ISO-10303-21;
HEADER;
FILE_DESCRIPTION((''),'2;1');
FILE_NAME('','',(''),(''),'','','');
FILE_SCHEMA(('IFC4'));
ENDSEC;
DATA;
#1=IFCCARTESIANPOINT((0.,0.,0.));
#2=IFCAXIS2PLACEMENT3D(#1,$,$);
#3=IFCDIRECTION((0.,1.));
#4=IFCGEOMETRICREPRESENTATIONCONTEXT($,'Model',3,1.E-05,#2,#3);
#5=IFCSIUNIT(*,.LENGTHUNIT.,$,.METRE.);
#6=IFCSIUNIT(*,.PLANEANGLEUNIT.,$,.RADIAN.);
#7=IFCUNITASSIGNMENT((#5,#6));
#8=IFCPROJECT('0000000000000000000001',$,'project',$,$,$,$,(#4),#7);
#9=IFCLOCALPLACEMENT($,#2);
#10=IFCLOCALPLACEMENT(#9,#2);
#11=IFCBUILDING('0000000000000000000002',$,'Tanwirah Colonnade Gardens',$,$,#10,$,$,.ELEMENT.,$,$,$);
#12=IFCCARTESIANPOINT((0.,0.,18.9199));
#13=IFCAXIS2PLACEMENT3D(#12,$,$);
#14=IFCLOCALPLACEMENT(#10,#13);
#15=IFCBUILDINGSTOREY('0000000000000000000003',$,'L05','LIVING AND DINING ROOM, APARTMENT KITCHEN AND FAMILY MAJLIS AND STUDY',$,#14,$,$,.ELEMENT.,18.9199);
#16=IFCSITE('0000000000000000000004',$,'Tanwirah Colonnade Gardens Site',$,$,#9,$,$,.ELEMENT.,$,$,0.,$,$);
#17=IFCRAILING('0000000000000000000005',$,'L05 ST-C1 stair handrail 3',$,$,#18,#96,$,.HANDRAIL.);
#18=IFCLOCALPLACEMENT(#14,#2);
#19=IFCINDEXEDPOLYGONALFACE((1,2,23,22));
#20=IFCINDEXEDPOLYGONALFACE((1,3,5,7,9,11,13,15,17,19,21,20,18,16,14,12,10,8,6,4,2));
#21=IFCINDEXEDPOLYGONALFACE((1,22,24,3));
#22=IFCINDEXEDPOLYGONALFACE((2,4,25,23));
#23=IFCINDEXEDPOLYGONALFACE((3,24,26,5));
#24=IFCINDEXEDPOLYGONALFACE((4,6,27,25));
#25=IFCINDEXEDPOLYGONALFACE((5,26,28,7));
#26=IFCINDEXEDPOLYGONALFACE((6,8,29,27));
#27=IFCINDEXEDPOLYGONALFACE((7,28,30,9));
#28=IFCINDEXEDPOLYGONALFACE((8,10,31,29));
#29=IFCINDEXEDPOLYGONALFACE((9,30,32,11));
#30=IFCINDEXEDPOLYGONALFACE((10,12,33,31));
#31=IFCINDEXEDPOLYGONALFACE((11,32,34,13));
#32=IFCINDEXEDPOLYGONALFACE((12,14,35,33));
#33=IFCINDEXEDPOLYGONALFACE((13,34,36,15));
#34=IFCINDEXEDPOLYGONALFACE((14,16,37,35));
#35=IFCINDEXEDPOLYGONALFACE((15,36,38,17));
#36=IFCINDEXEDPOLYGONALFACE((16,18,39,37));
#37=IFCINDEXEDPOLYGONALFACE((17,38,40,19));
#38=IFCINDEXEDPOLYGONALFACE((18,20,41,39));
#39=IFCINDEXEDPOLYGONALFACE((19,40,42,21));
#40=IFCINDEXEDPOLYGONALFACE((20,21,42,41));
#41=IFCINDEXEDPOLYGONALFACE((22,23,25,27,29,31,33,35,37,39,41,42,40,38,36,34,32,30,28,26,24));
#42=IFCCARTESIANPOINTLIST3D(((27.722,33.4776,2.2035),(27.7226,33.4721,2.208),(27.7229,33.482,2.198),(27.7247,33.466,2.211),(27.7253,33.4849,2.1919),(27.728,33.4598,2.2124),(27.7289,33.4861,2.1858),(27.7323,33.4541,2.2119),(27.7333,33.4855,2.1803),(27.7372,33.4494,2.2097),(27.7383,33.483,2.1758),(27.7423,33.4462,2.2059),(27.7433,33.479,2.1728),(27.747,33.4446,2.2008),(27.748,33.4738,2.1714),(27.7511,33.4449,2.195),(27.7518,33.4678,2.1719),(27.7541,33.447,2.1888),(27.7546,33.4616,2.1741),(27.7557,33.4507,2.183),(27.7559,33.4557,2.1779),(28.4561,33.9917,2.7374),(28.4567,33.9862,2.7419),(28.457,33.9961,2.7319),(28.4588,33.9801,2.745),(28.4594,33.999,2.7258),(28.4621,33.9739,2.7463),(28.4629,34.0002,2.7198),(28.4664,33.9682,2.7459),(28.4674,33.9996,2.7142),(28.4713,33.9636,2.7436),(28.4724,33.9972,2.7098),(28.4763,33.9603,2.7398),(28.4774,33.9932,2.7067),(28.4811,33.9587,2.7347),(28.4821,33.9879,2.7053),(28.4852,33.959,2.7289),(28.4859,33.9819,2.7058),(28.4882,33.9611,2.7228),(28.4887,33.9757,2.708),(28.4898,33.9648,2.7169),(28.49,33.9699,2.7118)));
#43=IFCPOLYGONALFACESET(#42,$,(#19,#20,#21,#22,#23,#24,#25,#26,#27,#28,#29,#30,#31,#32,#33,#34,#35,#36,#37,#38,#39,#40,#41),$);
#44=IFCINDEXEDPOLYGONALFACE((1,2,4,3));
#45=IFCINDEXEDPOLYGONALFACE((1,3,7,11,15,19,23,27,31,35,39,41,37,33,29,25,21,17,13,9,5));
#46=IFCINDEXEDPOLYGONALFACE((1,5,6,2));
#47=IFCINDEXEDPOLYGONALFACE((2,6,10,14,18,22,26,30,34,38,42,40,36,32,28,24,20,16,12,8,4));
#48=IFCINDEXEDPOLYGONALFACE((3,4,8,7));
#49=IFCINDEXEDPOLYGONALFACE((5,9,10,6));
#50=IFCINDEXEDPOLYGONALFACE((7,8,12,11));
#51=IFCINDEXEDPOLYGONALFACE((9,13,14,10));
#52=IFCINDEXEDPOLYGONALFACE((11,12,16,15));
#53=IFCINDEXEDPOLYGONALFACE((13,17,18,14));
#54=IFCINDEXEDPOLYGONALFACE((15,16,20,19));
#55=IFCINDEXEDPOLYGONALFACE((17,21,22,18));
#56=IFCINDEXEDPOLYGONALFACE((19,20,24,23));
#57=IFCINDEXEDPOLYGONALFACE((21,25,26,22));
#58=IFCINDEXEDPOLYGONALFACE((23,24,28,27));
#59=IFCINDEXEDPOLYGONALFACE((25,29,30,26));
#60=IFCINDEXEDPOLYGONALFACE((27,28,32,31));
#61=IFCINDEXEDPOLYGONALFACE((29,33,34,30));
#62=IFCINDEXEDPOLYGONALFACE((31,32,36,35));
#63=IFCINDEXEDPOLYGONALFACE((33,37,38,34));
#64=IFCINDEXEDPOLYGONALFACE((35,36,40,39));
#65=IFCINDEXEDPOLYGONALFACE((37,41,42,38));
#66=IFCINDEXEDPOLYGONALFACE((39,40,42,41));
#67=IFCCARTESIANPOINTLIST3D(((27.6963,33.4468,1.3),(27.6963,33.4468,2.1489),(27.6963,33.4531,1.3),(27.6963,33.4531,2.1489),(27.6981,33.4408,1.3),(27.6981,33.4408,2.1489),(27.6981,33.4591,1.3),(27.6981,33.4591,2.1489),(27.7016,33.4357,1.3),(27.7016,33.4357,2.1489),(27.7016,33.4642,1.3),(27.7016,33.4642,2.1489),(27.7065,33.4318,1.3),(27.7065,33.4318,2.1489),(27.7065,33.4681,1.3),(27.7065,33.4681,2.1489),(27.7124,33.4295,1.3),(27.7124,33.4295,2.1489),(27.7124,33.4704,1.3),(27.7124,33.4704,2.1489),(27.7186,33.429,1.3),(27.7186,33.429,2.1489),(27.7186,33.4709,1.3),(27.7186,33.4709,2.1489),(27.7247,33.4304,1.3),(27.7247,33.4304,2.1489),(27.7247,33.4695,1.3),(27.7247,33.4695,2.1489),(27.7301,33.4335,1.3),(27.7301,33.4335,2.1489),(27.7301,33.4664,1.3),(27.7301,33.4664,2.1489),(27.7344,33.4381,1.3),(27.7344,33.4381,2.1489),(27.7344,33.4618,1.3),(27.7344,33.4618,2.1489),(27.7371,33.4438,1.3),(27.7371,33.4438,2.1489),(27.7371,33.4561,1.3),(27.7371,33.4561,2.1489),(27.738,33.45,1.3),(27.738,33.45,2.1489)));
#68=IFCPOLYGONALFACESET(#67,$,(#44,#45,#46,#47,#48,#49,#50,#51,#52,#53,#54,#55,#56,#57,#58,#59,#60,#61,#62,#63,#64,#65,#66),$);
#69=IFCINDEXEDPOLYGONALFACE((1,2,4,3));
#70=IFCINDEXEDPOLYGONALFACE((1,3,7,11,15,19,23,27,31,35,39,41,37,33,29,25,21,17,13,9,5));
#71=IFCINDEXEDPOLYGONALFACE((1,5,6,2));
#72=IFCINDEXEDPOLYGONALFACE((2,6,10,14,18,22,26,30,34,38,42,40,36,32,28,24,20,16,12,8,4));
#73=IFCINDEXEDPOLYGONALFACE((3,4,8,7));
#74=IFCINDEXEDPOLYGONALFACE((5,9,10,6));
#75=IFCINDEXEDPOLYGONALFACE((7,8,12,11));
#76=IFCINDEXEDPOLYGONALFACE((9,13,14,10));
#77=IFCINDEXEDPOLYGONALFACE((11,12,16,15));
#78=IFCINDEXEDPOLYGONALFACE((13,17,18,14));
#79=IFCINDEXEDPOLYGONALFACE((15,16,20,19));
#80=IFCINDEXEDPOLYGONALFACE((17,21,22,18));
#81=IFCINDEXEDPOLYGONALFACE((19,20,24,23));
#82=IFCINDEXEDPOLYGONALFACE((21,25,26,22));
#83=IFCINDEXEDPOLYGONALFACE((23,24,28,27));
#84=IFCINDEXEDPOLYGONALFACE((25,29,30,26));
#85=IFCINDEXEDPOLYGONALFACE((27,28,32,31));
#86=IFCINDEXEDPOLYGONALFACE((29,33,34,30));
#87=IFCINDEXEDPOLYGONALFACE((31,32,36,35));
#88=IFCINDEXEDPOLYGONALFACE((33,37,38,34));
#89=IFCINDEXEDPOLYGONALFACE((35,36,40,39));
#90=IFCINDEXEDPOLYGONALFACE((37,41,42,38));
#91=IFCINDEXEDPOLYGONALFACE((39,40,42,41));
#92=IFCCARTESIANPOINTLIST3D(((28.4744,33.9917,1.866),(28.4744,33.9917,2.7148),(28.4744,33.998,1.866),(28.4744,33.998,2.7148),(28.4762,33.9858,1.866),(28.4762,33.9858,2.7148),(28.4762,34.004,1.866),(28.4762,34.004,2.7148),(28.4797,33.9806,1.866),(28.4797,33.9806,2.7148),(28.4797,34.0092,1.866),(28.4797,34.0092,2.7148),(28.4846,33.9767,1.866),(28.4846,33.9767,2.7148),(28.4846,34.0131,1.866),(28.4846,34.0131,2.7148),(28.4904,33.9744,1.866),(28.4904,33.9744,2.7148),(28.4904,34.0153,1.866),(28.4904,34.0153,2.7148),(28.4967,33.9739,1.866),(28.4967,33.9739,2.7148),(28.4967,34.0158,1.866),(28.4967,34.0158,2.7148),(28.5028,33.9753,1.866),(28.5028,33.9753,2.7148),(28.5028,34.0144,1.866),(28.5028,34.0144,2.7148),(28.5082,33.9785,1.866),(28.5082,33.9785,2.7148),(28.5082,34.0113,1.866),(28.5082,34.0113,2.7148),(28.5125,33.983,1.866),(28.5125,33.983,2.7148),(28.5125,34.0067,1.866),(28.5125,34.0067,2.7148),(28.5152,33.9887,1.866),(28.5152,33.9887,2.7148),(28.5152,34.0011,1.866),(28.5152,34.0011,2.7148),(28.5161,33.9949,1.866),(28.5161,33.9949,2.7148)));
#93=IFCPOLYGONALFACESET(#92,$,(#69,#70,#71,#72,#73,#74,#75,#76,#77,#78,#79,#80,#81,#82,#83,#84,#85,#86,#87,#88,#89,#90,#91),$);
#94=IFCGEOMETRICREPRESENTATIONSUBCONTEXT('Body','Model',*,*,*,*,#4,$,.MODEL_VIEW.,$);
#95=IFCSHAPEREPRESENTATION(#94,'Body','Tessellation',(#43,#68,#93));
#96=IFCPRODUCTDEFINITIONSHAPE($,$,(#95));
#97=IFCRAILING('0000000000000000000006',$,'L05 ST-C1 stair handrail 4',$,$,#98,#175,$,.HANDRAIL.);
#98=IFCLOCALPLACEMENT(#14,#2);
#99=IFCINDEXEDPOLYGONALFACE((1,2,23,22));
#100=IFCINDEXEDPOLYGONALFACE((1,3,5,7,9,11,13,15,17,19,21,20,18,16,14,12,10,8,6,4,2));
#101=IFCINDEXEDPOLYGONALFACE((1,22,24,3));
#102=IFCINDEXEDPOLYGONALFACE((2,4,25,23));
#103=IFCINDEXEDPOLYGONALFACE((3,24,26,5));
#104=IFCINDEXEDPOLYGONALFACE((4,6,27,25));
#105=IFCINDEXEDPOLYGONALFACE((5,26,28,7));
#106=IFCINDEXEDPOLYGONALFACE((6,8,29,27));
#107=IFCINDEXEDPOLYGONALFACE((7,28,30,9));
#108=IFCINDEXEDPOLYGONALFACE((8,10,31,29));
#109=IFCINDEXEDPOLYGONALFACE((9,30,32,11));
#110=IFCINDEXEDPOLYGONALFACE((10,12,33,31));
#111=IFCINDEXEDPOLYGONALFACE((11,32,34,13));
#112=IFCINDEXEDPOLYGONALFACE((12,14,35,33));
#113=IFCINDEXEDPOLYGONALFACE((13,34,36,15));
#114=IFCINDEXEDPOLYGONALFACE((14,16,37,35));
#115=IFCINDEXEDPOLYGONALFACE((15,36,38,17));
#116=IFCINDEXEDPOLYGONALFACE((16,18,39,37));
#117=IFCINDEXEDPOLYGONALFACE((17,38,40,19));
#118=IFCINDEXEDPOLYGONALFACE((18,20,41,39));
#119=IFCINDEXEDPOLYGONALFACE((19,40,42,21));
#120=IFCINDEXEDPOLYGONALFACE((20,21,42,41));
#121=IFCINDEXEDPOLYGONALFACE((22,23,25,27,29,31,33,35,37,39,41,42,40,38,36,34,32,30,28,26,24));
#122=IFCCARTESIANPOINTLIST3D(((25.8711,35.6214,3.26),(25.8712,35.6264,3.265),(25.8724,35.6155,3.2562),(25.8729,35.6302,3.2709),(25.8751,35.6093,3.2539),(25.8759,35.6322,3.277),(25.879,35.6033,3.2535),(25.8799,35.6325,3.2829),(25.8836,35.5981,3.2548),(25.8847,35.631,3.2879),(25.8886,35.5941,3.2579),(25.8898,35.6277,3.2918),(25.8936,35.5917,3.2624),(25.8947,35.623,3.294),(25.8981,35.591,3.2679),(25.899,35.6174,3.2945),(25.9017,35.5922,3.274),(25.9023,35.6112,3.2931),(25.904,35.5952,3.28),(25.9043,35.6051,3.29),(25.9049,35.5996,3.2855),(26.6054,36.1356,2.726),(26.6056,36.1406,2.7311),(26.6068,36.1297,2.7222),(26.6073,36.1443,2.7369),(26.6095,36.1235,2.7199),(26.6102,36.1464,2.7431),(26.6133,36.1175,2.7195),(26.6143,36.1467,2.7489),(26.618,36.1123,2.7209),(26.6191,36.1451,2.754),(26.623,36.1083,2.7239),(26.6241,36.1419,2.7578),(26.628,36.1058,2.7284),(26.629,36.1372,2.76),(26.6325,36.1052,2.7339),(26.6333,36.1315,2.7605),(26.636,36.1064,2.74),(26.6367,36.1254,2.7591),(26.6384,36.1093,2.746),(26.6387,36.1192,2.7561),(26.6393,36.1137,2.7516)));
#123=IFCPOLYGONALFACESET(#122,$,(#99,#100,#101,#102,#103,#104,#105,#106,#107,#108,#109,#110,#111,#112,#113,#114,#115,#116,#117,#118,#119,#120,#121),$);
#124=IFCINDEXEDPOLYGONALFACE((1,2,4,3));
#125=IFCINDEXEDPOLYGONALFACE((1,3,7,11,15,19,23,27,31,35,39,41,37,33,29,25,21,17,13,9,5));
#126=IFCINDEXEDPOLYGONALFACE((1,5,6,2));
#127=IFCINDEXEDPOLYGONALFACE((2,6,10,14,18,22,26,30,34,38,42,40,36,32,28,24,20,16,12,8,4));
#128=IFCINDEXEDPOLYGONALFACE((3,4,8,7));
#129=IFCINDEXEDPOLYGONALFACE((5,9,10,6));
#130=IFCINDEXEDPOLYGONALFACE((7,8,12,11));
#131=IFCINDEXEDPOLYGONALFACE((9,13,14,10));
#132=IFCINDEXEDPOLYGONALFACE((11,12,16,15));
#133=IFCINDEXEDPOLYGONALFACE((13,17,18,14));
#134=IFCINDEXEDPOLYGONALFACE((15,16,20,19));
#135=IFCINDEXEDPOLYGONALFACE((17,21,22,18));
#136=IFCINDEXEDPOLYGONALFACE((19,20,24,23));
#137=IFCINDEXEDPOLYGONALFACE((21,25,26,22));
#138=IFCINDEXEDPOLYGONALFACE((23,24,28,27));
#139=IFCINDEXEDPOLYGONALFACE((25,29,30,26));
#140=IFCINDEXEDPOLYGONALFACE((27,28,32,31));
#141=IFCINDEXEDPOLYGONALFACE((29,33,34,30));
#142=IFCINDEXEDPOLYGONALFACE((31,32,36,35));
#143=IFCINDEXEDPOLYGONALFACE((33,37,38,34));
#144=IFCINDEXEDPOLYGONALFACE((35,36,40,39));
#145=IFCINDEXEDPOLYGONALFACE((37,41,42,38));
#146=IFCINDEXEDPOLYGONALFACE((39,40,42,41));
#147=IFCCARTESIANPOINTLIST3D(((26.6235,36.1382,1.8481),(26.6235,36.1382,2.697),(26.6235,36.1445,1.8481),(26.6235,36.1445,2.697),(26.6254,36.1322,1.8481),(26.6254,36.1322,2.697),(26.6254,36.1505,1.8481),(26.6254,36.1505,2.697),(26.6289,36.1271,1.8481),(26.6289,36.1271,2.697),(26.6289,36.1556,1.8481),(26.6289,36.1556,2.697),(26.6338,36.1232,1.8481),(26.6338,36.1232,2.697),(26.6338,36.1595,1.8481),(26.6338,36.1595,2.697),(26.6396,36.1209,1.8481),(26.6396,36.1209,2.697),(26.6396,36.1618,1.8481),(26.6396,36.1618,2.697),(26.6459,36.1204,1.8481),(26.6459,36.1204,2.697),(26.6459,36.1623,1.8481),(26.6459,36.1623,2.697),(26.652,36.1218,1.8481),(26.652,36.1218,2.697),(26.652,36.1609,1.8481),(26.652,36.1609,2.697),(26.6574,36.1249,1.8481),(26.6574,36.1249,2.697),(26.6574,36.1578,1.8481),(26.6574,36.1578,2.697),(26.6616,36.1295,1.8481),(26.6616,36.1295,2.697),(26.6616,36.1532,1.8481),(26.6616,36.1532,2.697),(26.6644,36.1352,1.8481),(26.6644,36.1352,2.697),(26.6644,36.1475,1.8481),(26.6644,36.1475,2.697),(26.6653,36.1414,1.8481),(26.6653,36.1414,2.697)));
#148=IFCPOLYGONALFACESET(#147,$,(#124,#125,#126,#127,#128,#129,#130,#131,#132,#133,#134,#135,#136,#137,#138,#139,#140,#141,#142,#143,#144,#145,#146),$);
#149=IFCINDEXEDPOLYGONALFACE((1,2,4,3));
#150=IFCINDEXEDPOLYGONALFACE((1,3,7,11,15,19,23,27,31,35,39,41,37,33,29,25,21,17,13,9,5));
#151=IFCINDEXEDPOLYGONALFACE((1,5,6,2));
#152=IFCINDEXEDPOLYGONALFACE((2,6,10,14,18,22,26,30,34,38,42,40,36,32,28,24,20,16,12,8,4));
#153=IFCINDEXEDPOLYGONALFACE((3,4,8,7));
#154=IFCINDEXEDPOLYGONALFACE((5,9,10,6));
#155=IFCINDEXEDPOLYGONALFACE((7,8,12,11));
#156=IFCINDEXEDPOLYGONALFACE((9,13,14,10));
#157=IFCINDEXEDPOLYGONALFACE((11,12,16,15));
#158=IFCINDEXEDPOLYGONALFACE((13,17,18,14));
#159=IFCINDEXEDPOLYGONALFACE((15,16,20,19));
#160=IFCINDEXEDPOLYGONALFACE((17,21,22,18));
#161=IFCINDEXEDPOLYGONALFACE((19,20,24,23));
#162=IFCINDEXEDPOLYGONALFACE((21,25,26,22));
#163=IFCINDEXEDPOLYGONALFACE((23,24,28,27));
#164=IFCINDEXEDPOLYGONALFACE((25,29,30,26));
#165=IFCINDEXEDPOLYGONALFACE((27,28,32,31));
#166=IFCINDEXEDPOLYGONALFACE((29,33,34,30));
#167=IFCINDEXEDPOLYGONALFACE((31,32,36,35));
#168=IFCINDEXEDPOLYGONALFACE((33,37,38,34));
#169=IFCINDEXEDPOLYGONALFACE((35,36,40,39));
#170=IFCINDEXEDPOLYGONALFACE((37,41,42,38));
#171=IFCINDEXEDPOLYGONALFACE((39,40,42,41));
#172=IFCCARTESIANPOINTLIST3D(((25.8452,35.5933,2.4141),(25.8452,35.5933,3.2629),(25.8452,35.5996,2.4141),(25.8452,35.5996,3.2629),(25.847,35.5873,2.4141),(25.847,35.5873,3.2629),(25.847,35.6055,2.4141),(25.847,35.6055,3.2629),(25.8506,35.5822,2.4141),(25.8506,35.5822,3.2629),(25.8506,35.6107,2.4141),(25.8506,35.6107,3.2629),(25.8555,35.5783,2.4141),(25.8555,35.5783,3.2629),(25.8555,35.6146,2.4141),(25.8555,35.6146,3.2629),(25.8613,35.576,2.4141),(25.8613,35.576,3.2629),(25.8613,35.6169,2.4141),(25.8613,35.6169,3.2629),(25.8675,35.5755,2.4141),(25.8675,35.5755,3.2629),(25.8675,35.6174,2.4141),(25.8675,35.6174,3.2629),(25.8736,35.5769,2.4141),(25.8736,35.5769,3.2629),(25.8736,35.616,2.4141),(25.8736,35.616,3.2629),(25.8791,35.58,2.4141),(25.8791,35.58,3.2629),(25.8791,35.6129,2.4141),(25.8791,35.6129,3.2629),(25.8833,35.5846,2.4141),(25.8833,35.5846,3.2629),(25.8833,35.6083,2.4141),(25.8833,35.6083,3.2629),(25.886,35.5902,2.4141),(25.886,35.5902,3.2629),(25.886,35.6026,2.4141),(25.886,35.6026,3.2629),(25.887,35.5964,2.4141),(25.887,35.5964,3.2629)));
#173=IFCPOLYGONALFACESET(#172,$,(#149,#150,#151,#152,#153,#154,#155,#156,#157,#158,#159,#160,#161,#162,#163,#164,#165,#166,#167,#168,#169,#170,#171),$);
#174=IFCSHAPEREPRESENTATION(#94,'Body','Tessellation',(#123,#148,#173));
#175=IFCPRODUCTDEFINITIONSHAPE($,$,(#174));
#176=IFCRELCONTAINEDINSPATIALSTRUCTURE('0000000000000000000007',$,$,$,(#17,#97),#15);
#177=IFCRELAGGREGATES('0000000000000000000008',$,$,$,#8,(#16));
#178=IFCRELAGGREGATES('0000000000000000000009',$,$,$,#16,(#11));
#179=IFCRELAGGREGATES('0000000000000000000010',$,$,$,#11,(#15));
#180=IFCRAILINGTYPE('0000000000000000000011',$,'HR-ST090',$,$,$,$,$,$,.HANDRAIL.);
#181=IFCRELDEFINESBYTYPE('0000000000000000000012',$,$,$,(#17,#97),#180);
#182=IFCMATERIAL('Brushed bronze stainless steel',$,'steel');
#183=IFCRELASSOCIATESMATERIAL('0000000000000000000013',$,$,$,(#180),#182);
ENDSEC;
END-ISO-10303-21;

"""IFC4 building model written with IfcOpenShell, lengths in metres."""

from ifc_helpers import new_model, si_unit, direction, frame, origin, origin_2d, place, context, subcontext, project, spatial, circle, extrude, material, type_object, element, save


model = new_model("IFC4")

# Units and contexts
model_context = context("Model", 3, precision=1e-05, world=origin(), true_north=direction((0.0, 1.0)))
body_context = subcontext(model_context, "Body", "Model", "MODEL_VIEW")
ifc_project = project(units=[si_unit("LENGTHUNIT", "METRE"), si_unit("PLANEANGLEUNIT", "RADIAN")], contexts=[model_context])

# Site, building, storey
site_placement = place(None, origin())
site = spatial("IfcSite", under=ifc_project, at=site_placement, Name="Tanwirah Colonnade Gardens Site", CompositionType="ELEMENT", RefElevation=0.0)
building_placement = place(site_placement, origin())
building = spatial("IfcBuilding", under=site, at=building_placement, Name="Tanwirah Colonnade Gardens", CompositionType="ELEMENT")
storey_placement = place(building_placement, frame((0.0, 0.0, 18.9199)))
storey = spatial("IfcBuildingStorey", under=building, at=storey_placement, Name="L05", Description="LIVING AND DINING ROOM, APARTMENT KITCHEN AND FAMILY MAJLIS AND STUDY", CompositionType="ELEMENT", Elevation=18.9199)

# Railings
ifc_material_1 = material(Name="Brushed bronze stainless steel", Category="steel")
railing_type_1 = type_object("IfcRailingType", Name="HR-ST090", PredefinedType="HANDRAIL", material=ifc_material_1)
railing_1_placement = place(storey_placement, frame((27.717, 33.45, 1.3)))
element("IfcRailing", 1, at=railing_1_placement, inside=storey, type_object=railing_type_1, Name="L05 ST-C1 stair handrail 3", PredefinedType="HANDRAIL", context=body_context, shape_type="SweptSolid", body=[
    extrude(circle(Radius=0.0239, at=origin_2d()), frame((0.022, 0.0154, 0.8918), z_axis=(0.703686, 0.492823, 0.511812), x_axis=(-0.573652, 0.819099, 0.0)), (0.0, 0.0, 1.0), 1.0432),
    extrude(circle(Radius=0.021, at=origin_2d()), origin(), (0.0, 0.0, 1.0), 0.8489),
    extrude(circle(Radius=0.021, at=origin_2d()), frame((0.7781, 0.5449, 0.5659)), (0.0, 0.0, 1.0), 0.8489),
])
railing_2_placement = place(storey_placement, frame((26.6443, 36.1414, 1.8481)))
element("IfcRailing", 2, at=railing_2_placement, inside=storey, type_object=railing_type_1, Name="L05 ST-C1 stair handrail 4", PredefinedType="HANDRAIL", context=body_context, shape_type="SweptSolid", body=[
    extrude(circle(Radius=0.0239, at=origin_2d()), frame((-0.022, -0.0154, 0.8918), z_axis=(-0.703797, -0.492747, 0.511732), x_axis=(0.573531, -0.819184, 0.0)), (0.0, 0.0, 1.0), 1.0435),
    extrude(circle(Radius=0.021, at=origin_2d()), origin(), (0.0, 0.0, 1.0), 0.8489),
    extrude(circle(Radius=0.021, at=origin_2d()), frame((-0.7783, -0.5449, 0.5659)), (0.0, 0.0, 1.0), 0.8489),
])

save(model, "model.ifc")
